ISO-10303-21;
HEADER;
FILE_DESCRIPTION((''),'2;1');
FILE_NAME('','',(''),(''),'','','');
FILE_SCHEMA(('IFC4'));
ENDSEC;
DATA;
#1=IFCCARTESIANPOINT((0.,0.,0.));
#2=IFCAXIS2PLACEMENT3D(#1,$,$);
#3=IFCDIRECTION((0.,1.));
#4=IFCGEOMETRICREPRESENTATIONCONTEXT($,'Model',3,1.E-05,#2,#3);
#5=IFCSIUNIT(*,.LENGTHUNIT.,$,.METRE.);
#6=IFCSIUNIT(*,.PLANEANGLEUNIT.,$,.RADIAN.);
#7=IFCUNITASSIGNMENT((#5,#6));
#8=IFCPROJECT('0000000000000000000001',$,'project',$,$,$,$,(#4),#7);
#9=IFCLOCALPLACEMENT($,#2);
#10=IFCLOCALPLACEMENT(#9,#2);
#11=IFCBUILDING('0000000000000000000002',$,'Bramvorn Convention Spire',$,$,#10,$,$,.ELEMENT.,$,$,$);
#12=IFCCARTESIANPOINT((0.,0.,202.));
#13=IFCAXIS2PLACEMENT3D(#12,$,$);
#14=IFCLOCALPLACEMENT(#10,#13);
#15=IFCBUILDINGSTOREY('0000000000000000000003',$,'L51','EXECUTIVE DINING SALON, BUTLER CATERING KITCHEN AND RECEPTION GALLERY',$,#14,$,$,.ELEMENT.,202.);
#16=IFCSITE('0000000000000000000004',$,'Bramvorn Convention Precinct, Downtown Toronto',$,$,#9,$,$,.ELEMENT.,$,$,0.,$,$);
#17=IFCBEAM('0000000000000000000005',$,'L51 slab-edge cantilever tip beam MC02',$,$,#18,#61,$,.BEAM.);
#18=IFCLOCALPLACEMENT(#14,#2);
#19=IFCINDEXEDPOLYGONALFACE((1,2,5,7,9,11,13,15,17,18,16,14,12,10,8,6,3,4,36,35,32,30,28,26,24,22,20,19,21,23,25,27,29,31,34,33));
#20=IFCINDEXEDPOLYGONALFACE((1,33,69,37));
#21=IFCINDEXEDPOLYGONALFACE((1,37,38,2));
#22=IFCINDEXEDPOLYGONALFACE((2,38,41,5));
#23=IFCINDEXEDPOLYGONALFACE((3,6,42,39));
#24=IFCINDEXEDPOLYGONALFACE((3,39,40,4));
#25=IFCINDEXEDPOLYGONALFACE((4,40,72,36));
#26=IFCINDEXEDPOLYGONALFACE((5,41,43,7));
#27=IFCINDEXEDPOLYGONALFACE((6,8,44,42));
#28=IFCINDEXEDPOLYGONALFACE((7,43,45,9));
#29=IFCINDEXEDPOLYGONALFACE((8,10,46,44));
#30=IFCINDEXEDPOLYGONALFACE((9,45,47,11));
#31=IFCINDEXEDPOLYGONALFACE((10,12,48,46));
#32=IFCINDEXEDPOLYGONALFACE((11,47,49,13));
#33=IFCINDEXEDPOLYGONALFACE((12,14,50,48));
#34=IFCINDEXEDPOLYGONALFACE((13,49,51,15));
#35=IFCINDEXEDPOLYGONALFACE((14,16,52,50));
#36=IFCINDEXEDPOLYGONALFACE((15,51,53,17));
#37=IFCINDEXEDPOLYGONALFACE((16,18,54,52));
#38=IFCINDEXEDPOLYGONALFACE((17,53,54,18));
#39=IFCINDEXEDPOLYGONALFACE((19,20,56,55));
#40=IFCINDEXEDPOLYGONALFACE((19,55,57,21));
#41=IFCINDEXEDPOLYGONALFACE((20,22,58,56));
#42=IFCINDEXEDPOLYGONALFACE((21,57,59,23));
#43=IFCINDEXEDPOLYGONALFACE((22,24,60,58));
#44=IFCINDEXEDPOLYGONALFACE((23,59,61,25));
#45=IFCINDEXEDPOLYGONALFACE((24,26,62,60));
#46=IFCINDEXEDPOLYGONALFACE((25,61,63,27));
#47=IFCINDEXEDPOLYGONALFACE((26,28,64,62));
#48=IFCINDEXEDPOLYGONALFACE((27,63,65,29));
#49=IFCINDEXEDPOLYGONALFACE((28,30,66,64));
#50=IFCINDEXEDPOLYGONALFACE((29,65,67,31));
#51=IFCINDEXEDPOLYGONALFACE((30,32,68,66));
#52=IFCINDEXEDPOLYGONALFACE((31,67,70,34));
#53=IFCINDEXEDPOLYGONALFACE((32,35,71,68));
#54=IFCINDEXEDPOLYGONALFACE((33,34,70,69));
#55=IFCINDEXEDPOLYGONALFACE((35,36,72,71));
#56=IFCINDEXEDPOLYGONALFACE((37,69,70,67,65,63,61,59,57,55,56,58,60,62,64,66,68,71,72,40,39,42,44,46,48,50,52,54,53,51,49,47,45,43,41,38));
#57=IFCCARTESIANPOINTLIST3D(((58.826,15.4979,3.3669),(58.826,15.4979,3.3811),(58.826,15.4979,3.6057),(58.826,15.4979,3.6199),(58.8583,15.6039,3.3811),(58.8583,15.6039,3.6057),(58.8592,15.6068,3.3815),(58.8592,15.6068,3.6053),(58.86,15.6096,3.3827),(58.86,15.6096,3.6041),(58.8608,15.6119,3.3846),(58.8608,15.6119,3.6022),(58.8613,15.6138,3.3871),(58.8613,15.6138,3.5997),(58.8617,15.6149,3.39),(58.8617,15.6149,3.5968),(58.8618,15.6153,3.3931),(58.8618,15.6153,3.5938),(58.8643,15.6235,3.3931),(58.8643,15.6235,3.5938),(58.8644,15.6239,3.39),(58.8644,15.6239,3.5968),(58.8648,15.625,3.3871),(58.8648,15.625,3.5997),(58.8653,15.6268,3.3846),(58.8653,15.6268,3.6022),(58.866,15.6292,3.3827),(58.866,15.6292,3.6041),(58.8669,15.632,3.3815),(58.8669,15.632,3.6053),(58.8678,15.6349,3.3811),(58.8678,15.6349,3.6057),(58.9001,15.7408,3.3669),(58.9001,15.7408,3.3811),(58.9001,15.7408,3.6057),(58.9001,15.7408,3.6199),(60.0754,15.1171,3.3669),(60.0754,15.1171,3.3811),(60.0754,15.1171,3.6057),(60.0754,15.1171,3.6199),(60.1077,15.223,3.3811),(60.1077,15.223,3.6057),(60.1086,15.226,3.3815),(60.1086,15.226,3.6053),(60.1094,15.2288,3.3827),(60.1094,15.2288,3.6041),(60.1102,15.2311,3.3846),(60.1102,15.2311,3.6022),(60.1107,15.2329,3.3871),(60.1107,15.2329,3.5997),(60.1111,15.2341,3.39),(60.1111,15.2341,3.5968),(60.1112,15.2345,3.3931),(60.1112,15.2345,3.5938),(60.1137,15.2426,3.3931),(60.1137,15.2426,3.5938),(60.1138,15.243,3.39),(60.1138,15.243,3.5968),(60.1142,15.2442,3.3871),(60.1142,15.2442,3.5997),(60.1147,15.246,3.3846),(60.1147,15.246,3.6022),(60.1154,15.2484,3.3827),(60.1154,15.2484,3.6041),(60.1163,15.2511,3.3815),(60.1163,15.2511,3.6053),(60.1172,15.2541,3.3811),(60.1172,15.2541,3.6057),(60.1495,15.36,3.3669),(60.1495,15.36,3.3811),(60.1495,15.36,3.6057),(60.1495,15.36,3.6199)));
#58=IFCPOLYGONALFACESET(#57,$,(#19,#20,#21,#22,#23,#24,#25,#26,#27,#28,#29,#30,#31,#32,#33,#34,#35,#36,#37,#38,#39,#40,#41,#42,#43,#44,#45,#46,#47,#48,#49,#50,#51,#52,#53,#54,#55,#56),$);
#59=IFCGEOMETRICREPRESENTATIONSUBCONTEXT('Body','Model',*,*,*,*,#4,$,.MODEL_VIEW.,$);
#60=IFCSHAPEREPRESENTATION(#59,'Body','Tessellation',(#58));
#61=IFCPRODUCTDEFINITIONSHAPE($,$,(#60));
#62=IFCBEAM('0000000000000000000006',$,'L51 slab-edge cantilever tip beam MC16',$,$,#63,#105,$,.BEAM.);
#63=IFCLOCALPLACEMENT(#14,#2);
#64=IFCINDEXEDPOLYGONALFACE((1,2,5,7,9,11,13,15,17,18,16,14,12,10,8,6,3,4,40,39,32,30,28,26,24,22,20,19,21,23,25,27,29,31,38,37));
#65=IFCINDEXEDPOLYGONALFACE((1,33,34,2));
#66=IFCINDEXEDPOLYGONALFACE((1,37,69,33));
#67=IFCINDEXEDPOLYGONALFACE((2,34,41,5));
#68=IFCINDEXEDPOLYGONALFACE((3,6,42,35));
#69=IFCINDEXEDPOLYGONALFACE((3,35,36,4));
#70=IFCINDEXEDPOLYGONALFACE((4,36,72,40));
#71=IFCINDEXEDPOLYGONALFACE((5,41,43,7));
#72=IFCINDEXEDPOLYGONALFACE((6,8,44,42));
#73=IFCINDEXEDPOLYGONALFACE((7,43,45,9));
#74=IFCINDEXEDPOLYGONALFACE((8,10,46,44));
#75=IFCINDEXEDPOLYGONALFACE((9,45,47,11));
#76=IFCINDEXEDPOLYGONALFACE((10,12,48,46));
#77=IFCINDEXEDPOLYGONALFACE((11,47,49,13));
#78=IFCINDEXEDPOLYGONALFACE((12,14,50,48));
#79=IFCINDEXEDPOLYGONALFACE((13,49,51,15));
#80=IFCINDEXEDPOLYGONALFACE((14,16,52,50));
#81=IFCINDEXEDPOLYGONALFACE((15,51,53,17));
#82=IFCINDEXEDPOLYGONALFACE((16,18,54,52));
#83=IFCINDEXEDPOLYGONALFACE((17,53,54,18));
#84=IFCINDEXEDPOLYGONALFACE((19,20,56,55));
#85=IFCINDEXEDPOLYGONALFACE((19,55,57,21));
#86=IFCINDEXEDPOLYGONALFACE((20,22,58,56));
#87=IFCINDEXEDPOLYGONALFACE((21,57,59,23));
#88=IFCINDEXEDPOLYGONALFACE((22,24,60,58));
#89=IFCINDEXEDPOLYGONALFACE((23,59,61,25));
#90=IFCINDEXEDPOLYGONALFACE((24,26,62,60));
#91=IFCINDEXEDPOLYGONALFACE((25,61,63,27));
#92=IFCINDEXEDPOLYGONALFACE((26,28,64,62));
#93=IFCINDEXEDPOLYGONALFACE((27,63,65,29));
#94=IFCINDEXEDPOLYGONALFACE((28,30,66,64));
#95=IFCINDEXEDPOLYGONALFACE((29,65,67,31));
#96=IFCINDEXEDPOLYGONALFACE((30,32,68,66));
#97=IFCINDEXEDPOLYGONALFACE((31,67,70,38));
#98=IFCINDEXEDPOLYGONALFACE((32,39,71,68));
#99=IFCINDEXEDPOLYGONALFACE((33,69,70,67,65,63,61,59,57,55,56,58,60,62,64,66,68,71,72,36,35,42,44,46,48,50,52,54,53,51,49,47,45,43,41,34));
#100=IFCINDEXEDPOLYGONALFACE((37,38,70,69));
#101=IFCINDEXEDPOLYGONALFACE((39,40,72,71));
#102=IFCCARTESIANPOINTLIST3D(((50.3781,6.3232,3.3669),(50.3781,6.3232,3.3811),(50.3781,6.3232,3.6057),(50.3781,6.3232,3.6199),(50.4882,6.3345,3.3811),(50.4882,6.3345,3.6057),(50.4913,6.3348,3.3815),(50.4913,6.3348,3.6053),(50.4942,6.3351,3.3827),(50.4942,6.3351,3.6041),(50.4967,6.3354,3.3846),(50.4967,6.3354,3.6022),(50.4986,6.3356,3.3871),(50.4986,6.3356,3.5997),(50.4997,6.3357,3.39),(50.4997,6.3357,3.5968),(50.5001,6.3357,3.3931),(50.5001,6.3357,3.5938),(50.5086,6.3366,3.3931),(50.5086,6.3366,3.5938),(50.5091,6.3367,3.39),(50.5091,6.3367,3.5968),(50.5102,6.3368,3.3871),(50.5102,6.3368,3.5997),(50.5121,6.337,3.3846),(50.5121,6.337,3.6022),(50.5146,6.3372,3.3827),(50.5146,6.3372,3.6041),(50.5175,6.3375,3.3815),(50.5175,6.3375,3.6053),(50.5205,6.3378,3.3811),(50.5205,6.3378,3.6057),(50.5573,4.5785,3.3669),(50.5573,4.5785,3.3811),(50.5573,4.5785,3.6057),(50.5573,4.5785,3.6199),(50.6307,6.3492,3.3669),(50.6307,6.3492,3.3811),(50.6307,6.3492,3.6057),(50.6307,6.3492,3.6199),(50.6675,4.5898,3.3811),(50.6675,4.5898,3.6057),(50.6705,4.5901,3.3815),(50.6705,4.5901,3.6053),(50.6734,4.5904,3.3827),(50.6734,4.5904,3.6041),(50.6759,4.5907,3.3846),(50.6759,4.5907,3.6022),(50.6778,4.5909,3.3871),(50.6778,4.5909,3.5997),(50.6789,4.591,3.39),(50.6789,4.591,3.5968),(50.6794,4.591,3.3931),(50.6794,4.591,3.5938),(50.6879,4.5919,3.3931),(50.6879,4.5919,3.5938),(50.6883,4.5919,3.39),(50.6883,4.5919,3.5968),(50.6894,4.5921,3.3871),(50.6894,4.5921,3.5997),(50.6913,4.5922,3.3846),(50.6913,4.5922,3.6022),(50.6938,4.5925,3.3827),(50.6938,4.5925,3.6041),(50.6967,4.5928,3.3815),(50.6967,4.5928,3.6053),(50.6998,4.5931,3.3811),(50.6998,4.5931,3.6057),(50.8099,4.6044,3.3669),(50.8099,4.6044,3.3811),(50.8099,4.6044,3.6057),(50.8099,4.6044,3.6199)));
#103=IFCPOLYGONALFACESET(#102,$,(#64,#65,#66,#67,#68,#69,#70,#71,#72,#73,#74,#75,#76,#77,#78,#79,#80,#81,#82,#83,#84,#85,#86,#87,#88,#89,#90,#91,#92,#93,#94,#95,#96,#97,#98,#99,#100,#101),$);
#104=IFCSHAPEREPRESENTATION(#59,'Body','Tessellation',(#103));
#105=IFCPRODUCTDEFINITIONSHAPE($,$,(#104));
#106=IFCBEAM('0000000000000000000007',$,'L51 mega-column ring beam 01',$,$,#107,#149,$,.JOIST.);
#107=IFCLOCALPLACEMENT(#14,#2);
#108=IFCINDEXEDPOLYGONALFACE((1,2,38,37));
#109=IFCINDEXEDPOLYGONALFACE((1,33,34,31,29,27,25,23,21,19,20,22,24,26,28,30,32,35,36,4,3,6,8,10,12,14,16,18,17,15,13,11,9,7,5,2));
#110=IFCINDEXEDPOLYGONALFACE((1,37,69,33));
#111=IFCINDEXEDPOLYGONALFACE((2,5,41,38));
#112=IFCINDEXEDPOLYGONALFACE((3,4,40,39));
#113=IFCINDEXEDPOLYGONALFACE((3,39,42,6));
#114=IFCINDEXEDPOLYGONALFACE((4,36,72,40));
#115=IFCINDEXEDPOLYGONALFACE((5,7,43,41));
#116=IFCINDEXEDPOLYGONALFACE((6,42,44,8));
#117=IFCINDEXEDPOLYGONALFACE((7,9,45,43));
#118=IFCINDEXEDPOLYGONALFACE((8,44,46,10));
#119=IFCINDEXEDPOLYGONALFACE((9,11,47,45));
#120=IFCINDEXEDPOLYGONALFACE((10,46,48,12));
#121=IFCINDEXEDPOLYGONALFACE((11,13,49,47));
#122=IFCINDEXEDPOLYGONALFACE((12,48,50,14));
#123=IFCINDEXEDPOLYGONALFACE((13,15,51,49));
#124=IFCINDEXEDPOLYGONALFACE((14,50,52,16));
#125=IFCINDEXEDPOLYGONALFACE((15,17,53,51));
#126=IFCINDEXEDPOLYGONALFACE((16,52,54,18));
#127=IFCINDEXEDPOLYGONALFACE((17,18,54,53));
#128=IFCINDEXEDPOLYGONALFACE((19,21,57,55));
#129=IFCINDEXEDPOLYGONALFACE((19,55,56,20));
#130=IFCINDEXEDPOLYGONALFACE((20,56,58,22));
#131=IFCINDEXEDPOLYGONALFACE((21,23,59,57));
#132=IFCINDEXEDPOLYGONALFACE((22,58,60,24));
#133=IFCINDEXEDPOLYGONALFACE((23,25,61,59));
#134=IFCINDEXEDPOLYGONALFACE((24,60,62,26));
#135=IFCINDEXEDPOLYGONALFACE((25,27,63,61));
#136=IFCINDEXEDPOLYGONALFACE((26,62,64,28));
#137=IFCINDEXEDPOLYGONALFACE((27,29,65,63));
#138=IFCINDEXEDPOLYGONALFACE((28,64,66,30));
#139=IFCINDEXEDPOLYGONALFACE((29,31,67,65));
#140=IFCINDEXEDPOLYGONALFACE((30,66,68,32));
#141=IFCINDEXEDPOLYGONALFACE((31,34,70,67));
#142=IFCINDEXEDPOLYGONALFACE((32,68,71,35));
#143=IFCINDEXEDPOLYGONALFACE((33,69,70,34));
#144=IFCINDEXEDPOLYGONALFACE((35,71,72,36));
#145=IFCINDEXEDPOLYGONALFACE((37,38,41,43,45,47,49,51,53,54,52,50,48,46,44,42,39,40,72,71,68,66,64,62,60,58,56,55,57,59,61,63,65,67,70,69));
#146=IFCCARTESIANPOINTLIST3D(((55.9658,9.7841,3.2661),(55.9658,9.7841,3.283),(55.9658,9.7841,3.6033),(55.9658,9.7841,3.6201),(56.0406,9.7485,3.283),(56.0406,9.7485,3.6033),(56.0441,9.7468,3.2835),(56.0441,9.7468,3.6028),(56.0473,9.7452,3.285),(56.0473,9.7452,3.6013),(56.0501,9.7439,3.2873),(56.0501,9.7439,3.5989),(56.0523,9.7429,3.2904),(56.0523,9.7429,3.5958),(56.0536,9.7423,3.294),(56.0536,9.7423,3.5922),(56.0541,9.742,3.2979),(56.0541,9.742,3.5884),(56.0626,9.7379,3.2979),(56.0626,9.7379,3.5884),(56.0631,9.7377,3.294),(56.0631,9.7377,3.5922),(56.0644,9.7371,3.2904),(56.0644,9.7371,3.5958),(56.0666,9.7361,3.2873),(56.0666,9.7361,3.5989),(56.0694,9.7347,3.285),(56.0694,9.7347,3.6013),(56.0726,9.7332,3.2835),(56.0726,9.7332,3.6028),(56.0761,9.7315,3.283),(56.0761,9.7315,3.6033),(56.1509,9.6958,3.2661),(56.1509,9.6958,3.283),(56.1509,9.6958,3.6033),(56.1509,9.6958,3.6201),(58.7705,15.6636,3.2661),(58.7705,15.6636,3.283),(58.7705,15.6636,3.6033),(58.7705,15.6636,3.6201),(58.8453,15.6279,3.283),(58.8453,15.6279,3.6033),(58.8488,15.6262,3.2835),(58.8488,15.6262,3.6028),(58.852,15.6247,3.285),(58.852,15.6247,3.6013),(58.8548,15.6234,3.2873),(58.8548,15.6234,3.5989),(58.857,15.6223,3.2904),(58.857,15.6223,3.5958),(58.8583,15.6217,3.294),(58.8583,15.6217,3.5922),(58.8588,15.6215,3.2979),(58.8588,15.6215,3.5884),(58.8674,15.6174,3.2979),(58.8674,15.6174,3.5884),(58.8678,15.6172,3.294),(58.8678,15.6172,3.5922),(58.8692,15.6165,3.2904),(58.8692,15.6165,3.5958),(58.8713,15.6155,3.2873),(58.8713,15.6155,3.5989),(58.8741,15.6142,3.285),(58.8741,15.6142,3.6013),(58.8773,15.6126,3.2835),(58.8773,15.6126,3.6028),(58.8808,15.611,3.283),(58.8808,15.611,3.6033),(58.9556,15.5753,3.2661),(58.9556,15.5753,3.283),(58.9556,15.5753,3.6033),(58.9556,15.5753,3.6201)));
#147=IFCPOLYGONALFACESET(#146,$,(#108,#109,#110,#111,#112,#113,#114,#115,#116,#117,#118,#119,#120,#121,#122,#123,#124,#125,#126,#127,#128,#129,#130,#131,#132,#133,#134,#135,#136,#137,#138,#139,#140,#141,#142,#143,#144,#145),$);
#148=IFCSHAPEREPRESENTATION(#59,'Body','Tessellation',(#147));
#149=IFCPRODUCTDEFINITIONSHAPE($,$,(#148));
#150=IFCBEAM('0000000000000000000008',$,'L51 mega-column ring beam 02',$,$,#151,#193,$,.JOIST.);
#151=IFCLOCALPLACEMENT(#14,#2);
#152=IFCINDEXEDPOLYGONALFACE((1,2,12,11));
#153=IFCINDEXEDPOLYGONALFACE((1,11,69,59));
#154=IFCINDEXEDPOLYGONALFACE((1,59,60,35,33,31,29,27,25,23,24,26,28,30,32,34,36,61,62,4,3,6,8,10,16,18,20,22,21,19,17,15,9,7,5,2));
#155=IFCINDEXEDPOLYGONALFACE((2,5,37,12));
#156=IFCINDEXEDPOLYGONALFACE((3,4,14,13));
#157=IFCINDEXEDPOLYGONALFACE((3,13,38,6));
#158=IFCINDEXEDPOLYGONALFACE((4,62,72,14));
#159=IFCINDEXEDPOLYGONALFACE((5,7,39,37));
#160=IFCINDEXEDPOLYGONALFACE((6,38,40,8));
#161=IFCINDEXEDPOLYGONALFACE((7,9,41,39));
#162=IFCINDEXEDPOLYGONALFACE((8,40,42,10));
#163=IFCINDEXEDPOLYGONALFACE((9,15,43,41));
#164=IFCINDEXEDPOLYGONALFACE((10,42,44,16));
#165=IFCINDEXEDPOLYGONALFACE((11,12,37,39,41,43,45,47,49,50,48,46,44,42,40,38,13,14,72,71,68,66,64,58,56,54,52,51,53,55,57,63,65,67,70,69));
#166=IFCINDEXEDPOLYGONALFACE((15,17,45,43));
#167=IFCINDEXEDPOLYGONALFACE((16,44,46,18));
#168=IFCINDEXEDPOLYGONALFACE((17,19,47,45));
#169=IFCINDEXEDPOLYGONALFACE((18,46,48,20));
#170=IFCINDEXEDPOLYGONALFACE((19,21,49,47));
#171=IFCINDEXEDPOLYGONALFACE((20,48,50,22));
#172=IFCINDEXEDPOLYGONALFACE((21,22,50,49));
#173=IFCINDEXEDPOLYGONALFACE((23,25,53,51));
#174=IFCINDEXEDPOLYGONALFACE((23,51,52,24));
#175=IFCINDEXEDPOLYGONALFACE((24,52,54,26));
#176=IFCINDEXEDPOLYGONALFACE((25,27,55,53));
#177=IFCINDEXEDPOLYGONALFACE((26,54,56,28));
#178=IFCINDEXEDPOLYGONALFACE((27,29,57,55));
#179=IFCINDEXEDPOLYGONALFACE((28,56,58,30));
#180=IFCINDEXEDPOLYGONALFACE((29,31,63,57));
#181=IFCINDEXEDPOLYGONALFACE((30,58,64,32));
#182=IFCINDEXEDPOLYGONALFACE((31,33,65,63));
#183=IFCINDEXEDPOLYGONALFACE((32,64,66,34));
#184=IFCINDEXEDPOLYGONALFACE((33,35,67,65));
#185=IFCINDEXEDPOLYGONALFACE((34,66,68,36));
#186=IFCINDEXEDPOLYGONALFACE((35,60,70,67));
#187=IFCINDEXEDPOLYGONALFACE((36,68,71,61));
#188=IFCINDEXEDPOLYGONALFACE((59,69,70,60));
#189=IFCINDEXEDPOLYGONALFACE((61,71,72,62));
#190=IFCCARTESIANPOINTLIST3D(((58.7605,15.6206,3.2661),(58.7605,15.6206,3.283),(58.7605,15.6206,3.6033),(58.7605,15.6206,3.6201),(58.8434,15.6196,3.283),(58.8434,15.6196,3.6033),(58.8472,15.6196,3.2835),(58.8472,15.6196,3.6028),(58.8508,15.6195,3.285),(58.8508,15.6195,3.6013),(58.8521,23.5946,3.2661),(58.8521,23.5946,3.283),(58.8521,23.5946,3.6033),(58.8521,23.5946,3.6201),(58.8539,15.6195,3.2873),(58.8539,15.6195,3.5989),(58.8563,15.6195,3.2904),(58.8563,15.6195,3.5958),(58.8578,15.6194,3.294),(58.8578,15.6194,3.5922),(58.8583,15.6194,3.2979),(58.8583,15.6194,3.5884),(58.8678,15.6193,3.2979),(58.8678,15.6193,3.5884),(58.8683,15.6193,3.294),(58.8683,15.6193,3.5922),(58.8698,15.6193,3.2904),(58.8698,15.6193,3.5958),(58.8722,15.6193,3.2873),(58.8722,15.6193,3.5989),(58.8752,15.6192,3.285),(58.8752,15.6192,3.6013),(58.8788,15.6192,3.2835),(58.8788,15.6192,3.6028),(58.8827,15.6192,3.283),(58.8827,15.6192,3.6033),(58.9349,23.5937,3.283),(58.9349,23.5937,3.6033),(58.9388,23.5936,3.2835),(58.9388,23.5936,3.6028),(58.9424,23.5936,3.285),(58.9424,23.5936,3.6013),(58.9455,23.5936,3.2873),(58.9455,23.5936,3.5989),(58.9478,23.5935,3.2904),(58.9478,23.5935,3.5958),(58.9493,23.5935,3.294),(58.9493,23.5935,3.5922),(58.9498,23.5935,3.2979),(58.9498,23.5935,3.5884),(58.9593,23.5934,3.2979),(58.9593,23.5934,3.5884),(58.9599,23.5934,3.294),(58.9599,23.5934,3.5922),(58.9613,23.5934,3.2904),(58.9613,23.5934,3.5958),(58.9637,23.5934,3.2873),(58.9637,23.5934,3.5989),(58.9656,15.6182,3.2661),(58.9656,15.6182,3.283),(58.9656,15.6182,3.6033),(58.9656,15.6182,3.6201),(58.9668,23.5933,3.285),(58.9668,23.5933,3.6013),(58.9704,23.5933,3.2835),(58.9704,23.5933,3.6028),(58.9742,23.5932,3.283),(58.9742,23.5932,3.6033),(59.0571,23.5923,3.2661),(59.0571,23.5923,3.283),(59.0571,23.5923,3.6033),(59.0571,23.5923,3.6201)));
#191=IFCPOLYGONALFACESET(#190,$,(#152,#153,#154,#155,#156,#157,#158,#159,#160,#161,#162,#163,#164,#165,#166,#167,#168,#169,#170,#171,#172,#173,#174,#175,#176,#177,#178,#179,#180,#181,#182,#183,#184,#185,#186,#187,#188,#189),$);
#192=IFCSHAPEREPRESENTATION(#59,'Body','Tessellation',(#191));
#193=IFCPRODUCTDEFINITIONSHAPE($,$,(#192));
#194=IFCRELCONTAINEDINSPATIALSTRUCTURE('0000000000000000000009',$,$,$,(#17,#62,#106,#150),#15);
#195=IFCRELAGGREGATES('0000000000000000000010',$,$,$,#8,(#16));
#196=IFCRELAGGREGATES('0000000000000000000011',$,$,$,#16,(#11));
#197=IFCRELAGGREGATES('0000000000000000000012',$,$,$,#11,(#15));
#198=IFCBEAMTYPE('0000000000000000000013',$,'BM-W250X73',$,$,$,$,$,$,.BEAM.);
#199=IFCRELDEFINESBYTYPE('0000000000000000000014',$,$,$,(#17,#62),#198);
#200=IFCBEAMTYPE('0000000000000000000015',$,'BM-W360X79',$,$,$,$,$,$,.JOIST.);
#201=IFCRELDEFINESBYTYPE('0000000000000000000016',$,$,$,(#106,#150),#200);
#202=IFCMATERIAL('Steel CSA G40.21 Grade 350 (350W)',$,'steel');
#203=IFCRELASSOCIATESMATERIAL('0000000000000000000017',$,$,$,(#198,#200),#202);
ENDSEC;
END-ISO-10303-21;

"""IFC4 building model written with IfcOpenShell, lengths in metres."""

from ifc_helpers import new_model, si_unit, direction, frame, origin, origin_2d, place, context, subcontext, project, spatial, i_section, extrude, material, material_profile, profile_set, type_object, element, save


model = new_model("IFC4")

# Units and contexts
model_context = context("Model", 3, precision=1e-05, world=origin(), true_north=direction((0.0, 1.0)))
body_context = subcontext(model_context, "Body", "Model", "MODEL_VIEW")
ifc_project = project(units=[si_unit("LENGTHUNIT", "METRE"), si_unit("PLANEANGLEUNIT", "RADIAN")], contexts=[model_context])

# Site, building, storey
site_placement = place(None, origin())
site = spatial("IfcSite", under=ifc_project, at=site_placement, Name="Bramvorn Convention Precinct, Downtown Toronto", CompositionType="ELEMENT", RefElevation=0.0)
building_placement = place(site_placement, origin())
building = spatial("IfcBuilding", under=site, at=building_placement, Name="Bramvorn Convention Spire", CompositionType="ELEMENT")
storey_placement = place(building_placement, frame((0.0, 0.0, 202.0)))
storey = spatial("IfcBuildingStorey", under=building, at=storey_placement, Name="L51", Description="EXECUTIVE DINING SALON, BUTLER CATERING KITCHEN AND RECEPTION GALLERY", CompositionType="ELEMENT", Elevation=202.0)

# Shared definitions
ifc_material_1 = material(Name="Steel CSA G40.21 Grade 350 (350W)", Category="steel")

# Beams
ifc_material_profile_1 = material_profile(ifc_material_1, i_section(OverallWidth=0.2539, OverallDepth=0.2529, WebThickness=0.0085, FlangeThickness=0.0142, FilletRadius=0.012, at=origin_2d()))
ifc_profile_set_1 = profile_set([ifc_material_profile_1], Name="Steel CSA G40.21 Grade 350 (350W) - W250X73")
beam_type_1 = type_object("IfcBeamType", Name="BM-W250X73", PredefinedType="BEAM", material=ifc_profile_set_1)
beam_1_placement = place(storey_placement, frame((58.863, 15.6194, 3.4934), z_axis=(0.956552, -0.291563, 0.0), x_axis=(0.291563, 0.956552, 0.0)))
element("IfcBeam", 1, at=beam_1_placement, inside=storey, type_object=beam_type_1, Name="L51 slab-edge cantilever tip beam MC02", PredefinedType="BEAM", context=body_context, shape_type="SweptSolid", body=[
    extrude(i_section(OverallWidth=0.2539, OverallDepth=0.2529, WebThickness=0.0085, FlangeThickness=0.0142, FilletRadius=0.012, at=origin_2d()), origin(), (0.0, 0.0, 1.0), 1.3062),
])
beam_2_placement = place(storey_placement, frame((50.5044, 6.3362, 3.4934), z_axis=(0.102177, -0.994766, 0.0), x_axis=(0.994766, 0.102177, 0.0)))
element("IfcBeam", 2, at=beam_2_placement, inside=storey, type_object=beam_type_1, Name="L51 slab-edge cantilever tip beam MC16", PredefinedType="BEAM", context=body_context, shape_type="SweptSolid", body=[
    extrude(i_section(OverallWidth=0.2539, OverallDepth=0.2529, WebThickness=0.0085, FlangeThickness=0.0142, FilletRadius=0.012, at=origin_2d()), origin(), (0.0, 0.0, 1.0), 1.7539),
])
ifc_material_profile_2 = material_profile(ifc_material_1, i_section(OverallWidth=0.2051, OverallDepth=0.354, WebThickness=0.0095, FlangeThickness=0.0168, FilletRadius=0.0149, at=origin_2d()))
ifc_profile_set_2 = profile_set([ifc_material_profile_2], Name="Steel CSA G40.21 Grade 350 (350W) - W360X79")
beam_type_2 = type_object("IfcBeamType", Name="BM-W360X79", PredefinedType="JOIST", material=ifc_profile_set_2)
beam_3_placement = place(storey_placement, frame((56.0583, 9.74, 3.4431), z_axis=(0.430556, 0.902564, 0.0), x_axis=(-0.902564, 0.430556, 0.0)))
element("IfcBeam", 3, at=beam_3_placement, inside=storey, type_object=beam_type_2, Name="L51 mega-column ring beam 01", PredefinedType="JOIST", context=body_context, shape_type="SweptSolid", body=[
    extrude(i_section(OverallWidth=0.2051, OverallDepth=0.354, WebThickness=0.0095, FlangeThickness=0.0168, FilletRadius=0.0149, at=origin_2d()), origin(), (0.0, 0.0, 1.0), 6.5142),
])
beam_4_placement = place(storey_placement, frame((58.863, 15.6194, 3.4431), z_axis=(0.01148, 0.999934, 0.0), x_axis=(-0.999934, 0.01148, 0.0)))
element("IfcBeam", 4, at=beam_4_placement, inside=storey, type_object=beam_type_2, Name="L51 mega-column ring beam 02", PredefinedType="JOIST", context=body_context, shape_type="SweptSolid", body=[
    extrude(i_section(OverallWidth=0.2051, OverallDepth=0.354, WebThickness=0.0095, FlangeThickness=0.0168, FilletRadius=0.0149, at=origin_2d()), origin(), (0.0, 0.0, 1.0), 7.9746),
])

save(model, "model.ifc")
